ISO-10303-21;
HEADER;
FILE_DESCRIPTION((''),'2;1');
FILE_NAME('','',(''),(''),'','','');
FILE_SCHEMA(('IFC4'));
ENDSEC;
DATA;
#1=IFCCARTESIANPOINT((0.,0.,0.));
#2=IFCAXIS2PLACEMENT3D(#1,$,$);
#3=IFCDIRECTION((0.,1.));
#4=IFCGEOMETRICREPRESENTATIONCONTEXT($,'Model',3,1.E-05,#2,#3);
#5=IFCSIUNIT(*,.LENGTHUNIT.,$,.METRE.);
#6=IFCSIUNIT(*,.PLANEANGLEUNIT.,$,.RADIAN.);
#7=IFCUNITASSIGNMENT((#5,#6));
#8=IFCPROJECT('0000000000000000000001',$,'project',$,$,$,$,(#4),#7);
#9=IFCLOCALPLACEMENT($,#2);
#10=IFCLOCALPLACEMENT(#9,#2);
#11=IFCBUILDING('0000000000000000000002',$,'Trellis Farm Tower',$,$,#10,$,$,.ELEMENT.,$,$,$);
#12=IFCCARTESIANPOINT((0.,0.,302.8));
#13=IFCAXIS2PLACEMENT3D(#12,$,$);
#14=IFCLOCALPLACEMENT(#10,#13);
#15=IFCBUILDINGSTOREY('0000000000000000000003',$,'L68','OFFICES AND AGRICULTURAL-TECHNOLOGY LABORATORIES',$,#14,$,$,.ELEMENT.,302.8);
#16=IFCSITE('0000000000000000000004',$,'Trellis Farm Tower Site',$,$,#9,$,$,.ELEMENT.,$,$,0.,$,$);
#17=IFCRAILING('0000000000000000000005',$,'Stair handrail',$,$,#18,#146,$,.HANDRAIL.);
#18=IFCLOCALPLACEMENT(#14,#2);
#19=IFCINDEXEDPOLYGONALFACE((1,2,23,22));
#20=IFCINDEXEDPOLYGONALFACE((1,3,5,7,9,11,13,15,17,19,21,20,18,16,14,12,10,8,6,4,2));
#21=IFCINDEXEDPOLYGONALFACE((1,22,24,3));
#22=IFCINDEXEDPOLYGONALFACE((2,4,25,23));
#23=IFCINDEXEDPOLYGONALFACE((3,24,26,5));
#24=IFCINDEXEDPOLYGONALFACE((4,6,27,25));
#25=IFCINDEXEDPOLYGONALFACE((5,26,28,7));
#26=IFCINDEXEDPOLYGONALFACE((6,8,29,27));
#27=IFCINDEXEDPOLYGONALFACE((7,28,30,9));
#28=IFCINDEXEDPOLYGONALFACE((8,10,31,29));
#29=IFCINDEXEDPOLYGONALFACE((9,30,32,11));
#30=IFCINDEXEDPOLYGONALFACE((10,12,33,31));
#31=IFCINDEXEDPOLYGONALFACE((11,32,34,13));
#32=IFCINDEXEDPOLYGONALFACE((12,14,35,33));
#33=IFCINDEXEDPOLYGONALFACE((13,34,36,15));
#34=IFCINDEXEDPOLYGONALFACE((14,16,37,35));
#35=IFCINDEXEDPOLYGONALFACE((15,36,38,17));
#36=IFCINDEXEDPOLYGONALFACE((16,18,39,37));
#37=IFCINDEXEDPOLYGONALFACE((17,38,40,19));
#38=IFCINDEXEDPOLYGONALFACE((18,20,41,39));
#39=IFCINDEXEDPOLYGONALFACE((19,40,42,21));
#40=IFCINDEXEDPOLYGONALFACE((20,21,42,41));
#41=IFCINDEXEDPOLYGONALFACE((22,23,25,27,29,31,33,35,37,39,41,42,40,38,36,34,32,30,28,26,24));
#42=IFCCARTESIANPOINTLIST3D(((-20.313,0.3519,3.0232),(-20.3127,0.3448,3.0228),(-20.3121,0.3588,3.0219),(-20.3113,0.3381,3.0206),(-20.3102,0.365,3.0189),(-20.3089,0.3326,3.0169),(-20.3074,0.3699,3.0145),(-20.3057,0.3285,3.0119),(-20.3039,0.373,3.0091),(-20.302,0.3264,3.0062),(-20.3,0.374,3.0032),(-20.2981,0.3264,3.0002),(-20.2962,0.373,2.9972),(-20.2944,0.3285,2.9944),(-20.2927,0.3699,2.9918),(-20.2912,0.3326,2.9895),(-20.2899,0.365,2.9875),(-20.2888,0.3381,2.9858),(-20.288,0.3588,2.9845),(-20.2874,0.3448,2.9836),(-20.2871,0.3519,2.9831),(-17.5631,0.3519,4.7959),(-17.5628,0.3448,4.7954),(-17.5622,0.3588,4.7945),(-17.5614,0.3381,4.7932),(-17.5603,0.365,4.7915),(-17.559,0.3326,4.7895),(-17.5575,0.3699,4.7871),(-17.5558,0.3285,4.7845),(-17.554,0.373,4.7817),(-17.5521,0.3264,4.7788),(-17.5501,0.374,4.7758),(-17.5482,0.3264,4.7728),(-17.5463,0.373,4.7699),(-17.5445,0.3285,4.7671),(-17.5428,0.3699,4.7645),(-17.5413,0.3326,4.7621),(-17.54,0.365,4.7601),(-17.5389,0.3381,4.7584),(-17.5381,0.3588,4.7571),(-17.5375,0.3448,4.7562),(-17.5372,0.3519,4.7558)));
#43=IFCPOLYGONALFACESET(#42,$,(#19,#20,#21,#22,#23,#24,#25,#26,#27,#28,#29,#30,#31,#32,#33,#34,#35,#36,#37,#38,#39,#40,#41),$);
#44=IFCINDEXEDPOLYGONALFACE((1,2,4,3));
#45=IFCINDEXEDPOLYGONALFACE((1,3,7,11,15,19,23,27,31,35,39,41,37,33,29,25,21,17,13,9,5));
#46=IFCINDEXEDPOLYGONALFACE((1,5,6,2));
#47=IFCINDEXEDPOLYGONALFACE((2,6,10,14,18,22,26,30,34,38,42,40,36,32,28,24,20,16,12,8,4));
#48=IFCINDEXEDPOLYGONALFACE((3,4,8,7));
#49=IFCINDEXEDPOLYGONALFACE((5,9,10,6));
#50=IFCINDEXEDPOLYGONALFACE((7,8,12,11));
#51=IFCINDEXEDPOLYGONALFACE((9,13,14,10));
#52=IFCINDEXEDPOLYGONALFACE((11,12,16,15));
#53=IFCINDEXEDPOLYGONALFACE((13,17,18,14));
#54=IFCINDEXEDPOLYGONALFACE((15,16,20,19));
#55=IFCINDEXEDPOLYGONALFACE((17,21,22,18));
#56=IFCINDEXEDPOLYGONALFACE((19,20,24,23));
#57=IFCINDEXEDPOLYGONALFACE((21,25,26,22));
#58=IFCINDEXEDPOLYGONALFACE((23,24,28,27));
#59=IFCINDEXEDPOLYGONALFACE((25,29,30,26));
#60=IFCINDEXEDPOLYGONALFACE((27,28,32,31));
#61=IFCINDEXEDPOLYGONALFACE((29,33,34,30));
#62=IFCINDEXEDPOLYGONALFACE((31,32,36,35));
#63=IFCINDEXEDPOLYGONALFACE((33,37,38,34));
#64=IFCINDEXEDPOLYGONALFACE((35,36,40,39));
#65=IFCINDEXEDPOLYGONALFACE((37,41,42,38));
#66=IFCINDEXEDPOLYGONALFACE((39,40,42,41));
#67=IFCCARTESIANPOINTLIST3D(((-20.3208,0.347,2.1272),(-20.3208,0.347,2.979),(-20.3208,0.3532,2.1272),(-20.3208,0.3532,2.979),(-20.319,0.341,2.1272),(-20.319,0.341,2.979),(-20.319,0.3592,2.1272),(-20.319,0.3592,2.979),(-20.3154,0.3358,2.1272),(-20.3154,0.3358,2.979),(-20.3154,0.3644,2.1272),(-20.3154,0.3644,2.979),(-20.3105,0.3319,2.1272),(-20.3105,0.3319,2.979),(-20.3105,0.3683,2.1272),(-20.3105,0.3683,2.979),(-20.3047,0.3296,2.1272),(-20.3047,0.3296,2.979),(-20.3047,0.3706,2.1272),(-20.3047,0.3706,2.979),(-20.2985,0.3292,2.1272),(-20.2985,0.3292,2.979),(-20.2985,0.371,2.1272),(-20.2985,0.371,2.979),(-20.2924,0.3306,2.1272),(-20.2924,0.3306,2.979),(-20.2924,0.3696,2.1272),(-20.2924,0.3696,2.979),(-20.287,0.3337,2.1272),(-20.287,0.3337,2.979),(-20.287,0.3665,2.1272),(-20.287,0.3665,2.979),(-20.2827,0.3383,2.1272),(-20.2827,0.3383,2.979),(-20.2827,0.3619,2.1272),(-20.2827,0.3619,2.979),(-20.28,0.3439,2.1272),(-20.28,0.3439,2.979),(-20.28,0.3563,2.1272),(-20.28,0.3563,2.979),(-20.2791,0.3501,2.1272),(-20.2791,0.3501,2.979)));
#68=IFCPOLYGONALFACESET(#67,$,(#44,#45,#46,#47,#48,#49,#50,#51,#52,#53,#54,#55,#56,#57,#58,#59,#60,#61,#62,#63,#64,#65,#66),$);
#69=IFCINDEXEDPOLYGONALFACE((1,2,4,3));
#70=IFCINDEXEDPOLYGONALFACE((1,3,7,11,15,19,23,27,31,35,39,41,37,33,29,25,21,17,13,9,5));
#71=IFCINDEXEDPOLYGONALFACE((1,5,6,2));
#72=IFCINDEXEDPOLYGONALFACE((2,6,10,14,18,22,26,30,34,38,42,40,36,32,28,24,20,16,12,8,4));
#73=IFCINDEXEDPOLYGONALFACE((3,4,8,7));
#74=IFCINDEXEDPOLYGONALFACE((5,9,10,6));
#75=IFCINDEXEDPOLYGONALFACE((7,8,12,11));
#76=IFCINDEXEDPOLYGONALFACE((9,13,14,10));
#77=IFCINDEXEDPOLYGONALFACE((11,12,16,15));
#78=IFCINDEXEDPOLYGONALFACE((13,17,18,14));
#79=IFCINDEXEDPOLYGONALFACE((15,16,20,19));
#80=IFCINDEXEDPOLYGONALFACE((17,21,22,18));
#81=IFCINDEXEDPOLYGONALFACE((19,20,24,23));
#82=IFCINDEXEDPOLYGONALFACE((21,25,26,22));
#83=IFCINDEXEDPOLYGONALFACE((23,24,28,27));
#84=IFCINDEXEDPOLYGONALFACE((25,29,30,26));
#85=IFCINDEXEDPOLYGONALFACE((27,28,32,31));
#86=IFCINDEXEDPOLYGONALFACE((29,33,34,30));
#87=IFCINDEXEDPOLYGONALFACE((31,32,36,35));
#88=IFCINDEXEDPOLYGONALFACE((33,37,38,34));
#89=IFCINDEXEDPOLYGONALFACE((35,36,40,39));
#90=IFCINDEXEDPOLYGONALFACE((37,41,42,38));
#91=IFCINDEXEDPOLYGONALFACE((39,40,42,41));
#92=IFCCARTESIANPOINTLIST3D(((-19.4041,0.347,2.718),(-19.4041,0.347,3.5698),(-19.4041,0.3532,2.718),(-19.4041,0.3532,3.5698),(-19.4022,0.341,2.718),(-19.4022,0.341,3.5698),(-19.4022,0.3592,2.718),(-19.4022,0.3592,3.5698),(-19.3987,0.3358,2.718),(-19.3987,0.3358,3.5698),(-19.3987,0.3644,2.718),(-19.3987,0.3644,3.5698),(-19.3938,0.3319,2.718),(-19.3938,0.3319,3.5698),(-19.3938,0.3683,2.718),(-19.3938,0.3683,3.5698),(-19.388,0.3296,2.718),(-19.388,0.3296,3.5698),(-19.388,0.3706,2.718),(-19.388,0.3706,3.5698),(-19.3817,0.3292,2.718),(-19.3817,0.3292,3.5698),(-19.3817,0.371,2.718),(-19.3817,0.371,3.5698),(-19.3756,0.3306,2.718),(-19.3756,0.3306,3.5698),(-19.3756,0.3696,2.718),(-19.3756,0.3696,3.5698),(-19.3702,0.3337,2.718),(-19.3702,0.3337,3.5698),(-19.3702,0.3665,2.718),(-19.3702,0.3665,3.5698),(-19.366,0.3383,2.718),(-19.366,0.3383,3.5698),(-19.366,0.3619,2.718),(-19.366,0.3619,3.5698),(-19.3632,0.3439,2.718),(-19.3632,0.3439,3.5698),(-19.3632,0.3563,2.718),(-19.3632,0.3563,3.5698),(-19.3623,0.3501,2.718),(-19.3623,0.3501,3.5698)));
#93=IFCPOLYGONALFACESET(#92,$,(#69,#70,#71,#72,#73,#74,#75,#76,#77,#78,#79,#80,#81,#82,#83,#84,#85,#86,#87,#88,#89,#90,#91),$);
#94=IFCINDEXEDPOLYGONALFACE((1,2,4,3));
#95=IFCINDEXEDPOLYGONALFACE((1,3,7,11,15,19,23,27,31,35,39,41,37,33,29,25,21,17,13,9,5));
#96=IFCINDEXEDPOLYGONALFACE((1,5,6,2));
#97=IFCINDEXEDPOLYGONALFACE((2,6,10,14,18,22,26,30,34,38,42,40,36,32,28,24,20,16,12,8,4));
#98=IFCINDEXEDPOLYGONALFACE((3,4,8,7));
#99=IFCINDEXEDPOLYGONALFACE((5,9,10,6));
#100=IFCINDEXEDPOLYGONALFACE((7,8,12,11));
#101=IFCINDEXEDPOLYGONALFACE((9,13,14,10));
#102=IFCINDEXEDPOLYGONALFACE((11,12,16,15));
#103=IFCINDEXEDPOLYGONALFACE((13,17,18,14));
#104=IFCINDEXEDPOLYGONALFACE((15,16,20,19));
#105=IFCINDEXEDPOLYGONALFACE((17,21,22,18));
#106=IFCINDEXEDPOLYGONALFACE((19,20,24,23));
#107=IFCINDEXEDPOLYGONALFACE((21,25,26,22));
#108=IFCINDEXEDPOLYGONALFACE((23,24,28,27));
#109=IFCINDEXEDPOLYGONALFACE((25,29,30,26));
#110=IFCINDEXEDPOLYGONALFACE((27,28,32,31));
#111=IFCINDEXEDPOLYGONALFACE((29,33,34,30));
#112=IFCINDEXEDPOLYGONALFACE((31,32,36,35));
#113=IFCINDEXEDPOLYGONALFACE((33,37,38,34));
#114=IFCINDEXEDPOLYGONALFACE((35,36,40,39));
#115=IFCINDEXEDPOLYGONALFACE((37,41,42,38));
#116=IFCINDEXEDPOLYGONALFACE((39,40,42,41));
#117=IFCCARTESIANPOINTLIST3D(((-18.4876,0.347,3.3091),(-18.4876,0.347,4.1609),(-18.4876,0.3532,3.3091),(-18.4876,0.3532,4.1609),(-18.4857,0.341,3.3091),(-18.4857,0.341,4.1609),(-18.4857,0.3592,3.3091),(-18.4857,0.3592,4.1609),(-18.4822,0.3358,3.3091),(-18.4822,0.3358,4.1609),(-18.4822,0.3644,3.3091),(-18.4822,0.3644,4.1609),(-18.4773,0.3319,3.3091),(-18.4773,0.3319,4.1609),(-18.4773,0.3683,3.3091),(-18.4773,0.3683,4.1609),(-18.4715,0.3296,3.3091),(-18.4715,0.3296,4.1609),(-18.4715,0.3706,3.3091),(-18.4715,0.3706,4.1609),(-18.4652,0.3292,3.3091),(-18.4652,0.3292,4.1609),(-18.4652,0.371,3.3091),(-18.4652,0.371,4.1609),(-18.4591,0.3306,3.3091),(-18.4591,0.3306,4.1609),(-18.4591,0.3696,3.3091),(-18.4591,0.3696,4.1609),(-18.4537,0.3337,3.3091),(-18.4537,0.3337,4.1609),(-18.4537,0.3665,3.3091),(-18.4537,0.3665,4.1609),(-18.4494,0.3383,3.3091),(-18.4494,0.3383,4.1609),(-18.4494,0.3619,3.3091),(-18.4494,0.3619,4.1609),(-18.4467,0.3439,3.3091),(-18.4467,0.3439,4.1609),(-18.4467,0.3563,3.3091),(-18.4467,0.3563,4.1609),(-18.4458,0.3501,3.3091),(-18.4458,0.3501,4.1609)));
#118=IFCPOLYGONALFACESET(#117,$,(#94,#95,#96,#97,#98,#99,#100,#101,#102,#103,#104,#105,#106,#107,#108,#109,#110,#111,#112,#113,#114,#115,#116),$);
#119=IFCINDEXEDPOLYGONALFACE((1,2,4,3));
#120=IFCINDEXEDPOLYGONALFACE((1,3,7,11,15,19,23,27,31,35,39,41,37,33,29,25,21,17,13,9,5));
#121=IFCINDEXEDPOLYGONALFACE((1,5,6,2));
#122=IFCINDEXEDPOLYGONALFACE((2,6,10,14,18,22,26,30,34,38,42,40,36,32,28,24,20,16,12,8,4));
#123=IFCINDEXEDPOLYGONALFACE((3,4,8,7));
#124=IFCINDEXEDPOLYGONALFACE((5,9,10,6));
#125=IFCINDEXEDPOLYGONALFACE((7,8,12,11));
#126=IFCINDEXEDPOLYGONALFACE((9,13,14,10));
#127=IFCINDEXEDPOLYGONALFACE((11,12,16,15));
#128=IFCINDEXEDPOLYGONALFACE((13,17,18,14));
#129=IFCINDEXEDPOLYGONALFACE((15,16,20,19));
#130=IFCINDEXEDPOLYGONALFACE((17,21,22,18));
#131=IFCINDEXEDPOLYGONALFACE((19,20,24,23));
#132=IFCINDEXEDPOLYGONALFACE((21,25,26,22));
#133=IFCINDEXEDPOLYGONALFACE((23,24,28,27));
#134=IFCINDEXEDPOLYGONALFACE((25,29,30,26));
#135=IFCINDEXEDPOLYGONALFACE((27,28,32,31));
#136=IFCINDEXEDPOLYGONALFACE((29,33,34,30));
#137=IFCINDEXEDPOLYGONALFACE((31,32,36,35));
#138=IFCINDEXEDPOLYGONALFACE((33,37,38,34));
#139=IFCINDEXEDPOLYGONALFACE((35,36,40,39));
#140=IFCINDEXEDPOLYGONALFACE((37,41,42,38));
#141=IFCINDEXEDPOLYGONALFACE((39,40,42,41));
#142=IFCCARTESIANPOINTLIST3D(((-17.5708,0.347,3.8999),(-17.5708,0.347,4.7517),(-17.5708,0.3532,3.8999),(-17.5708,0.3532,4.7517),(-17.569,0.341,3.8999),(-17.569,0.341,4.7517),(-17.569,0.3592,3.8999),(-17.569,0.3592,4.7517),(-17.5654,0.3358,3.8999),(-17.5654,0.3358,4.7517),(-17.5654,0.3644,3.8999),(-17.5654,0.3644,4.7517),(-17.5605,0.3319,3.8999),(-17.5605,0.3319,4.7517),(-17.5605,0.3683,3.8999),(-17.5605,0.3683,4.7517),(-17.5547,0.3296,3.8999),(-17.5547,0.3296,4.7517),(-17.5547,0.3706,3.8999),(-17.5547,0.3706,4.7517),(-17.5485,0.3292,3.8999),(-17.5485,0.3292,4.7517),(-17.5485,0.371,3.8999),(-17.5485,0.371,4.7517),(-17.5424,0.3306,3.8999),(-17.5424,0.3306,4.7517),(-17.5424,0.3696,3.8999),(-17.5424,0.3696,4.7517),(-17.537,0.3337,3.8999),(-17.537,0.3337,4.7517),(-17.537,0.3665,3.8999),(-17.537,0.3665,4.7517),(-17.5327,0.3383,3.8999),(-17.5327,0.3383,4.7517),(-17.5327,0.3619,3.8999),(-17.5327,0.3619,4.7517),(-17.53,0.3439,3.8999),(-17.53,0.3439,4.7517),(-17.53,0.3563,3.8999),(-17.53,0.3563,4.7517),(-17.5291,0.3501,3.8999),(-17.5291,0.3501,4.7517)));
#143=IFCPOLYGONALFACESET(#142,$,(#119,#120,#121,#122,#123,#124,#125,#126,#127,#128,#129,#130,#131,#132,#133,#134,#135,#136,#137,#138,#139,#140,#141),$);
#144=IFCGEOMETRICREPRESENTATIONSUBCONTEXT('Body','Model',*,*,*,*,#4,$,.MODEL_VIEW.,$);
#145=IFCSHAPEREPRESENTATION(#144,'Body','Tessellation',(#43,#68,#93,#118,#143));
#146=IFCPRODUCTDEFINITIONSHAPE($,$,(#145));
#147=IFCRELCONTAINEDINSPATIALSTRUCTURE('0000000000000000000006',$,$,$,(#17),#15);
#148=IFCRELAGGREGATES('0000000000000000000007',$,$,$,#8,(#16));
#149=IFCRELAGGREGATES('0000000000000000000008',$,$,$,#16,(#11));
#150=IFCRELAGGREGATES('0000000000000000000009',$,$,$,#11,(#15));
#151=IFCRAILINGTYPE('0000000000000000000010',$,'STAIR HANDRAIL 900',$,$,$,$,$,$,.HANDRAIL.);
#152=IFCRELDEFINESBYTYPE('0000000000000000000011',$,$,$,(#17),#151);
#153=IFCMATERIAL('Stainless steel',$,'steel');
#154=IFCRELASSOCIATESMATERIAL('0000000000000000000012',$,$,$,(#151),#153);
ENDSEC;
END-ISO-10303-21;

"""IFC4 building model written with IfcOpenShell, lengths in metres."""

from ifc_helpers import new_model, si_unit, direction, frame, origin, origin_2d, place, context, subcontext, project, spatial, circle, extrude, source, transform, mapped, material, type_object, element, save


model = new_model("IFC4")

# Units and contexts
model_context = context("Model", 3, precision=1e-05, world=origin(), true_north=direction((0.0, 1.0)))
body_context = subcontext(model_context, "Body", "Model", "MODEL_VIEW")
ifc_project = project(units=[si_unit("LENGTHUNIT", "METRE"), si_unit("PLANEANGLEUNIT", "RADIAN")], contexts=[model_context])

# Site, building, storey
site_placement = place(None, origin())
site = spatial("IfcSite", under=ifc_project, at=site_placement, Name="Trellis Farm Tower Site", CompositionType="ELEMENT", RefElevation=0.0)
building_placement = place(site_placement, origin())
building = spatial("IfcBuilding", under=site, at=building_placement, Name="Trellis Farm Tower", CompositionType="ELEMENT")
storey_placement = place(building_placement, frame((0.0, 0.0, 302.8)))
storey = spatial("IfcBuildingStorey", under=building, at=storey_placement, Name="L68", Description="OFFICES AND AGRICULTURAL-TECHNOLOGY LABORATORIES", CompositionType="ELEMENT", Elevation=302.8)

# Railing
ifc_material_1 = material(Name="Stainless steel", Category="steel")
railing_type = type_object("IfcRailingType", Name="STAIR HANDRAIL 900", PredefinedType="HANDRAIL", material=ifc_material_1)
shared_shape_1 = source(origin(), body_context, "Body", "SweptSolid", [
    extrude(circle(Radius=0.0239, at=origin_2d()), frame((0.0, 0.0, 0.876), z_axis=(0.840504, 0.0, 0.541806), x_axis=(0.0, 1.0, 0.0)), (0.0, 0.0, 1.0), 3.2717),
    extrude(circle(Radius=0.021, at=origin_2d()), origin(), (0.0, 0.0, 1.0), 0.8518),
    extrude(circle(Radius=0.021, at=origin_2d()), frame((0.9167, 0.0, 0.5908)), (0.0, 0.0, 1.0), 0.8518),
    extrude(circle(Radius=0.021, at=origin_2d()), frame((1.8333, 0.0, 1.1819)), (0.0, 0.0, 1.0), 0.8518),
    extrude(circle(Radius=0.021, at=origin_2d()), frame((2.75, 0.0, 1.7727)), (0.0, 0.0, 1.0), 0.8518),
])
for number, where, name in (
    (1, (-20.3, 0.3501, 2.1272), "Stair handrail"),
):
    element("IfcRailing", number, at=place(storey_placement, frame(where)), inside=storey, type_object=railing_type, Name=name, PredefinedType="HANDRAIL", context=body_context, shape_type="MappedRepresentation", body=[
        mapped(shared_shape_1, transform((0.0, 0.0, 0.0))),
    ])

save(model, "model.ifc")
